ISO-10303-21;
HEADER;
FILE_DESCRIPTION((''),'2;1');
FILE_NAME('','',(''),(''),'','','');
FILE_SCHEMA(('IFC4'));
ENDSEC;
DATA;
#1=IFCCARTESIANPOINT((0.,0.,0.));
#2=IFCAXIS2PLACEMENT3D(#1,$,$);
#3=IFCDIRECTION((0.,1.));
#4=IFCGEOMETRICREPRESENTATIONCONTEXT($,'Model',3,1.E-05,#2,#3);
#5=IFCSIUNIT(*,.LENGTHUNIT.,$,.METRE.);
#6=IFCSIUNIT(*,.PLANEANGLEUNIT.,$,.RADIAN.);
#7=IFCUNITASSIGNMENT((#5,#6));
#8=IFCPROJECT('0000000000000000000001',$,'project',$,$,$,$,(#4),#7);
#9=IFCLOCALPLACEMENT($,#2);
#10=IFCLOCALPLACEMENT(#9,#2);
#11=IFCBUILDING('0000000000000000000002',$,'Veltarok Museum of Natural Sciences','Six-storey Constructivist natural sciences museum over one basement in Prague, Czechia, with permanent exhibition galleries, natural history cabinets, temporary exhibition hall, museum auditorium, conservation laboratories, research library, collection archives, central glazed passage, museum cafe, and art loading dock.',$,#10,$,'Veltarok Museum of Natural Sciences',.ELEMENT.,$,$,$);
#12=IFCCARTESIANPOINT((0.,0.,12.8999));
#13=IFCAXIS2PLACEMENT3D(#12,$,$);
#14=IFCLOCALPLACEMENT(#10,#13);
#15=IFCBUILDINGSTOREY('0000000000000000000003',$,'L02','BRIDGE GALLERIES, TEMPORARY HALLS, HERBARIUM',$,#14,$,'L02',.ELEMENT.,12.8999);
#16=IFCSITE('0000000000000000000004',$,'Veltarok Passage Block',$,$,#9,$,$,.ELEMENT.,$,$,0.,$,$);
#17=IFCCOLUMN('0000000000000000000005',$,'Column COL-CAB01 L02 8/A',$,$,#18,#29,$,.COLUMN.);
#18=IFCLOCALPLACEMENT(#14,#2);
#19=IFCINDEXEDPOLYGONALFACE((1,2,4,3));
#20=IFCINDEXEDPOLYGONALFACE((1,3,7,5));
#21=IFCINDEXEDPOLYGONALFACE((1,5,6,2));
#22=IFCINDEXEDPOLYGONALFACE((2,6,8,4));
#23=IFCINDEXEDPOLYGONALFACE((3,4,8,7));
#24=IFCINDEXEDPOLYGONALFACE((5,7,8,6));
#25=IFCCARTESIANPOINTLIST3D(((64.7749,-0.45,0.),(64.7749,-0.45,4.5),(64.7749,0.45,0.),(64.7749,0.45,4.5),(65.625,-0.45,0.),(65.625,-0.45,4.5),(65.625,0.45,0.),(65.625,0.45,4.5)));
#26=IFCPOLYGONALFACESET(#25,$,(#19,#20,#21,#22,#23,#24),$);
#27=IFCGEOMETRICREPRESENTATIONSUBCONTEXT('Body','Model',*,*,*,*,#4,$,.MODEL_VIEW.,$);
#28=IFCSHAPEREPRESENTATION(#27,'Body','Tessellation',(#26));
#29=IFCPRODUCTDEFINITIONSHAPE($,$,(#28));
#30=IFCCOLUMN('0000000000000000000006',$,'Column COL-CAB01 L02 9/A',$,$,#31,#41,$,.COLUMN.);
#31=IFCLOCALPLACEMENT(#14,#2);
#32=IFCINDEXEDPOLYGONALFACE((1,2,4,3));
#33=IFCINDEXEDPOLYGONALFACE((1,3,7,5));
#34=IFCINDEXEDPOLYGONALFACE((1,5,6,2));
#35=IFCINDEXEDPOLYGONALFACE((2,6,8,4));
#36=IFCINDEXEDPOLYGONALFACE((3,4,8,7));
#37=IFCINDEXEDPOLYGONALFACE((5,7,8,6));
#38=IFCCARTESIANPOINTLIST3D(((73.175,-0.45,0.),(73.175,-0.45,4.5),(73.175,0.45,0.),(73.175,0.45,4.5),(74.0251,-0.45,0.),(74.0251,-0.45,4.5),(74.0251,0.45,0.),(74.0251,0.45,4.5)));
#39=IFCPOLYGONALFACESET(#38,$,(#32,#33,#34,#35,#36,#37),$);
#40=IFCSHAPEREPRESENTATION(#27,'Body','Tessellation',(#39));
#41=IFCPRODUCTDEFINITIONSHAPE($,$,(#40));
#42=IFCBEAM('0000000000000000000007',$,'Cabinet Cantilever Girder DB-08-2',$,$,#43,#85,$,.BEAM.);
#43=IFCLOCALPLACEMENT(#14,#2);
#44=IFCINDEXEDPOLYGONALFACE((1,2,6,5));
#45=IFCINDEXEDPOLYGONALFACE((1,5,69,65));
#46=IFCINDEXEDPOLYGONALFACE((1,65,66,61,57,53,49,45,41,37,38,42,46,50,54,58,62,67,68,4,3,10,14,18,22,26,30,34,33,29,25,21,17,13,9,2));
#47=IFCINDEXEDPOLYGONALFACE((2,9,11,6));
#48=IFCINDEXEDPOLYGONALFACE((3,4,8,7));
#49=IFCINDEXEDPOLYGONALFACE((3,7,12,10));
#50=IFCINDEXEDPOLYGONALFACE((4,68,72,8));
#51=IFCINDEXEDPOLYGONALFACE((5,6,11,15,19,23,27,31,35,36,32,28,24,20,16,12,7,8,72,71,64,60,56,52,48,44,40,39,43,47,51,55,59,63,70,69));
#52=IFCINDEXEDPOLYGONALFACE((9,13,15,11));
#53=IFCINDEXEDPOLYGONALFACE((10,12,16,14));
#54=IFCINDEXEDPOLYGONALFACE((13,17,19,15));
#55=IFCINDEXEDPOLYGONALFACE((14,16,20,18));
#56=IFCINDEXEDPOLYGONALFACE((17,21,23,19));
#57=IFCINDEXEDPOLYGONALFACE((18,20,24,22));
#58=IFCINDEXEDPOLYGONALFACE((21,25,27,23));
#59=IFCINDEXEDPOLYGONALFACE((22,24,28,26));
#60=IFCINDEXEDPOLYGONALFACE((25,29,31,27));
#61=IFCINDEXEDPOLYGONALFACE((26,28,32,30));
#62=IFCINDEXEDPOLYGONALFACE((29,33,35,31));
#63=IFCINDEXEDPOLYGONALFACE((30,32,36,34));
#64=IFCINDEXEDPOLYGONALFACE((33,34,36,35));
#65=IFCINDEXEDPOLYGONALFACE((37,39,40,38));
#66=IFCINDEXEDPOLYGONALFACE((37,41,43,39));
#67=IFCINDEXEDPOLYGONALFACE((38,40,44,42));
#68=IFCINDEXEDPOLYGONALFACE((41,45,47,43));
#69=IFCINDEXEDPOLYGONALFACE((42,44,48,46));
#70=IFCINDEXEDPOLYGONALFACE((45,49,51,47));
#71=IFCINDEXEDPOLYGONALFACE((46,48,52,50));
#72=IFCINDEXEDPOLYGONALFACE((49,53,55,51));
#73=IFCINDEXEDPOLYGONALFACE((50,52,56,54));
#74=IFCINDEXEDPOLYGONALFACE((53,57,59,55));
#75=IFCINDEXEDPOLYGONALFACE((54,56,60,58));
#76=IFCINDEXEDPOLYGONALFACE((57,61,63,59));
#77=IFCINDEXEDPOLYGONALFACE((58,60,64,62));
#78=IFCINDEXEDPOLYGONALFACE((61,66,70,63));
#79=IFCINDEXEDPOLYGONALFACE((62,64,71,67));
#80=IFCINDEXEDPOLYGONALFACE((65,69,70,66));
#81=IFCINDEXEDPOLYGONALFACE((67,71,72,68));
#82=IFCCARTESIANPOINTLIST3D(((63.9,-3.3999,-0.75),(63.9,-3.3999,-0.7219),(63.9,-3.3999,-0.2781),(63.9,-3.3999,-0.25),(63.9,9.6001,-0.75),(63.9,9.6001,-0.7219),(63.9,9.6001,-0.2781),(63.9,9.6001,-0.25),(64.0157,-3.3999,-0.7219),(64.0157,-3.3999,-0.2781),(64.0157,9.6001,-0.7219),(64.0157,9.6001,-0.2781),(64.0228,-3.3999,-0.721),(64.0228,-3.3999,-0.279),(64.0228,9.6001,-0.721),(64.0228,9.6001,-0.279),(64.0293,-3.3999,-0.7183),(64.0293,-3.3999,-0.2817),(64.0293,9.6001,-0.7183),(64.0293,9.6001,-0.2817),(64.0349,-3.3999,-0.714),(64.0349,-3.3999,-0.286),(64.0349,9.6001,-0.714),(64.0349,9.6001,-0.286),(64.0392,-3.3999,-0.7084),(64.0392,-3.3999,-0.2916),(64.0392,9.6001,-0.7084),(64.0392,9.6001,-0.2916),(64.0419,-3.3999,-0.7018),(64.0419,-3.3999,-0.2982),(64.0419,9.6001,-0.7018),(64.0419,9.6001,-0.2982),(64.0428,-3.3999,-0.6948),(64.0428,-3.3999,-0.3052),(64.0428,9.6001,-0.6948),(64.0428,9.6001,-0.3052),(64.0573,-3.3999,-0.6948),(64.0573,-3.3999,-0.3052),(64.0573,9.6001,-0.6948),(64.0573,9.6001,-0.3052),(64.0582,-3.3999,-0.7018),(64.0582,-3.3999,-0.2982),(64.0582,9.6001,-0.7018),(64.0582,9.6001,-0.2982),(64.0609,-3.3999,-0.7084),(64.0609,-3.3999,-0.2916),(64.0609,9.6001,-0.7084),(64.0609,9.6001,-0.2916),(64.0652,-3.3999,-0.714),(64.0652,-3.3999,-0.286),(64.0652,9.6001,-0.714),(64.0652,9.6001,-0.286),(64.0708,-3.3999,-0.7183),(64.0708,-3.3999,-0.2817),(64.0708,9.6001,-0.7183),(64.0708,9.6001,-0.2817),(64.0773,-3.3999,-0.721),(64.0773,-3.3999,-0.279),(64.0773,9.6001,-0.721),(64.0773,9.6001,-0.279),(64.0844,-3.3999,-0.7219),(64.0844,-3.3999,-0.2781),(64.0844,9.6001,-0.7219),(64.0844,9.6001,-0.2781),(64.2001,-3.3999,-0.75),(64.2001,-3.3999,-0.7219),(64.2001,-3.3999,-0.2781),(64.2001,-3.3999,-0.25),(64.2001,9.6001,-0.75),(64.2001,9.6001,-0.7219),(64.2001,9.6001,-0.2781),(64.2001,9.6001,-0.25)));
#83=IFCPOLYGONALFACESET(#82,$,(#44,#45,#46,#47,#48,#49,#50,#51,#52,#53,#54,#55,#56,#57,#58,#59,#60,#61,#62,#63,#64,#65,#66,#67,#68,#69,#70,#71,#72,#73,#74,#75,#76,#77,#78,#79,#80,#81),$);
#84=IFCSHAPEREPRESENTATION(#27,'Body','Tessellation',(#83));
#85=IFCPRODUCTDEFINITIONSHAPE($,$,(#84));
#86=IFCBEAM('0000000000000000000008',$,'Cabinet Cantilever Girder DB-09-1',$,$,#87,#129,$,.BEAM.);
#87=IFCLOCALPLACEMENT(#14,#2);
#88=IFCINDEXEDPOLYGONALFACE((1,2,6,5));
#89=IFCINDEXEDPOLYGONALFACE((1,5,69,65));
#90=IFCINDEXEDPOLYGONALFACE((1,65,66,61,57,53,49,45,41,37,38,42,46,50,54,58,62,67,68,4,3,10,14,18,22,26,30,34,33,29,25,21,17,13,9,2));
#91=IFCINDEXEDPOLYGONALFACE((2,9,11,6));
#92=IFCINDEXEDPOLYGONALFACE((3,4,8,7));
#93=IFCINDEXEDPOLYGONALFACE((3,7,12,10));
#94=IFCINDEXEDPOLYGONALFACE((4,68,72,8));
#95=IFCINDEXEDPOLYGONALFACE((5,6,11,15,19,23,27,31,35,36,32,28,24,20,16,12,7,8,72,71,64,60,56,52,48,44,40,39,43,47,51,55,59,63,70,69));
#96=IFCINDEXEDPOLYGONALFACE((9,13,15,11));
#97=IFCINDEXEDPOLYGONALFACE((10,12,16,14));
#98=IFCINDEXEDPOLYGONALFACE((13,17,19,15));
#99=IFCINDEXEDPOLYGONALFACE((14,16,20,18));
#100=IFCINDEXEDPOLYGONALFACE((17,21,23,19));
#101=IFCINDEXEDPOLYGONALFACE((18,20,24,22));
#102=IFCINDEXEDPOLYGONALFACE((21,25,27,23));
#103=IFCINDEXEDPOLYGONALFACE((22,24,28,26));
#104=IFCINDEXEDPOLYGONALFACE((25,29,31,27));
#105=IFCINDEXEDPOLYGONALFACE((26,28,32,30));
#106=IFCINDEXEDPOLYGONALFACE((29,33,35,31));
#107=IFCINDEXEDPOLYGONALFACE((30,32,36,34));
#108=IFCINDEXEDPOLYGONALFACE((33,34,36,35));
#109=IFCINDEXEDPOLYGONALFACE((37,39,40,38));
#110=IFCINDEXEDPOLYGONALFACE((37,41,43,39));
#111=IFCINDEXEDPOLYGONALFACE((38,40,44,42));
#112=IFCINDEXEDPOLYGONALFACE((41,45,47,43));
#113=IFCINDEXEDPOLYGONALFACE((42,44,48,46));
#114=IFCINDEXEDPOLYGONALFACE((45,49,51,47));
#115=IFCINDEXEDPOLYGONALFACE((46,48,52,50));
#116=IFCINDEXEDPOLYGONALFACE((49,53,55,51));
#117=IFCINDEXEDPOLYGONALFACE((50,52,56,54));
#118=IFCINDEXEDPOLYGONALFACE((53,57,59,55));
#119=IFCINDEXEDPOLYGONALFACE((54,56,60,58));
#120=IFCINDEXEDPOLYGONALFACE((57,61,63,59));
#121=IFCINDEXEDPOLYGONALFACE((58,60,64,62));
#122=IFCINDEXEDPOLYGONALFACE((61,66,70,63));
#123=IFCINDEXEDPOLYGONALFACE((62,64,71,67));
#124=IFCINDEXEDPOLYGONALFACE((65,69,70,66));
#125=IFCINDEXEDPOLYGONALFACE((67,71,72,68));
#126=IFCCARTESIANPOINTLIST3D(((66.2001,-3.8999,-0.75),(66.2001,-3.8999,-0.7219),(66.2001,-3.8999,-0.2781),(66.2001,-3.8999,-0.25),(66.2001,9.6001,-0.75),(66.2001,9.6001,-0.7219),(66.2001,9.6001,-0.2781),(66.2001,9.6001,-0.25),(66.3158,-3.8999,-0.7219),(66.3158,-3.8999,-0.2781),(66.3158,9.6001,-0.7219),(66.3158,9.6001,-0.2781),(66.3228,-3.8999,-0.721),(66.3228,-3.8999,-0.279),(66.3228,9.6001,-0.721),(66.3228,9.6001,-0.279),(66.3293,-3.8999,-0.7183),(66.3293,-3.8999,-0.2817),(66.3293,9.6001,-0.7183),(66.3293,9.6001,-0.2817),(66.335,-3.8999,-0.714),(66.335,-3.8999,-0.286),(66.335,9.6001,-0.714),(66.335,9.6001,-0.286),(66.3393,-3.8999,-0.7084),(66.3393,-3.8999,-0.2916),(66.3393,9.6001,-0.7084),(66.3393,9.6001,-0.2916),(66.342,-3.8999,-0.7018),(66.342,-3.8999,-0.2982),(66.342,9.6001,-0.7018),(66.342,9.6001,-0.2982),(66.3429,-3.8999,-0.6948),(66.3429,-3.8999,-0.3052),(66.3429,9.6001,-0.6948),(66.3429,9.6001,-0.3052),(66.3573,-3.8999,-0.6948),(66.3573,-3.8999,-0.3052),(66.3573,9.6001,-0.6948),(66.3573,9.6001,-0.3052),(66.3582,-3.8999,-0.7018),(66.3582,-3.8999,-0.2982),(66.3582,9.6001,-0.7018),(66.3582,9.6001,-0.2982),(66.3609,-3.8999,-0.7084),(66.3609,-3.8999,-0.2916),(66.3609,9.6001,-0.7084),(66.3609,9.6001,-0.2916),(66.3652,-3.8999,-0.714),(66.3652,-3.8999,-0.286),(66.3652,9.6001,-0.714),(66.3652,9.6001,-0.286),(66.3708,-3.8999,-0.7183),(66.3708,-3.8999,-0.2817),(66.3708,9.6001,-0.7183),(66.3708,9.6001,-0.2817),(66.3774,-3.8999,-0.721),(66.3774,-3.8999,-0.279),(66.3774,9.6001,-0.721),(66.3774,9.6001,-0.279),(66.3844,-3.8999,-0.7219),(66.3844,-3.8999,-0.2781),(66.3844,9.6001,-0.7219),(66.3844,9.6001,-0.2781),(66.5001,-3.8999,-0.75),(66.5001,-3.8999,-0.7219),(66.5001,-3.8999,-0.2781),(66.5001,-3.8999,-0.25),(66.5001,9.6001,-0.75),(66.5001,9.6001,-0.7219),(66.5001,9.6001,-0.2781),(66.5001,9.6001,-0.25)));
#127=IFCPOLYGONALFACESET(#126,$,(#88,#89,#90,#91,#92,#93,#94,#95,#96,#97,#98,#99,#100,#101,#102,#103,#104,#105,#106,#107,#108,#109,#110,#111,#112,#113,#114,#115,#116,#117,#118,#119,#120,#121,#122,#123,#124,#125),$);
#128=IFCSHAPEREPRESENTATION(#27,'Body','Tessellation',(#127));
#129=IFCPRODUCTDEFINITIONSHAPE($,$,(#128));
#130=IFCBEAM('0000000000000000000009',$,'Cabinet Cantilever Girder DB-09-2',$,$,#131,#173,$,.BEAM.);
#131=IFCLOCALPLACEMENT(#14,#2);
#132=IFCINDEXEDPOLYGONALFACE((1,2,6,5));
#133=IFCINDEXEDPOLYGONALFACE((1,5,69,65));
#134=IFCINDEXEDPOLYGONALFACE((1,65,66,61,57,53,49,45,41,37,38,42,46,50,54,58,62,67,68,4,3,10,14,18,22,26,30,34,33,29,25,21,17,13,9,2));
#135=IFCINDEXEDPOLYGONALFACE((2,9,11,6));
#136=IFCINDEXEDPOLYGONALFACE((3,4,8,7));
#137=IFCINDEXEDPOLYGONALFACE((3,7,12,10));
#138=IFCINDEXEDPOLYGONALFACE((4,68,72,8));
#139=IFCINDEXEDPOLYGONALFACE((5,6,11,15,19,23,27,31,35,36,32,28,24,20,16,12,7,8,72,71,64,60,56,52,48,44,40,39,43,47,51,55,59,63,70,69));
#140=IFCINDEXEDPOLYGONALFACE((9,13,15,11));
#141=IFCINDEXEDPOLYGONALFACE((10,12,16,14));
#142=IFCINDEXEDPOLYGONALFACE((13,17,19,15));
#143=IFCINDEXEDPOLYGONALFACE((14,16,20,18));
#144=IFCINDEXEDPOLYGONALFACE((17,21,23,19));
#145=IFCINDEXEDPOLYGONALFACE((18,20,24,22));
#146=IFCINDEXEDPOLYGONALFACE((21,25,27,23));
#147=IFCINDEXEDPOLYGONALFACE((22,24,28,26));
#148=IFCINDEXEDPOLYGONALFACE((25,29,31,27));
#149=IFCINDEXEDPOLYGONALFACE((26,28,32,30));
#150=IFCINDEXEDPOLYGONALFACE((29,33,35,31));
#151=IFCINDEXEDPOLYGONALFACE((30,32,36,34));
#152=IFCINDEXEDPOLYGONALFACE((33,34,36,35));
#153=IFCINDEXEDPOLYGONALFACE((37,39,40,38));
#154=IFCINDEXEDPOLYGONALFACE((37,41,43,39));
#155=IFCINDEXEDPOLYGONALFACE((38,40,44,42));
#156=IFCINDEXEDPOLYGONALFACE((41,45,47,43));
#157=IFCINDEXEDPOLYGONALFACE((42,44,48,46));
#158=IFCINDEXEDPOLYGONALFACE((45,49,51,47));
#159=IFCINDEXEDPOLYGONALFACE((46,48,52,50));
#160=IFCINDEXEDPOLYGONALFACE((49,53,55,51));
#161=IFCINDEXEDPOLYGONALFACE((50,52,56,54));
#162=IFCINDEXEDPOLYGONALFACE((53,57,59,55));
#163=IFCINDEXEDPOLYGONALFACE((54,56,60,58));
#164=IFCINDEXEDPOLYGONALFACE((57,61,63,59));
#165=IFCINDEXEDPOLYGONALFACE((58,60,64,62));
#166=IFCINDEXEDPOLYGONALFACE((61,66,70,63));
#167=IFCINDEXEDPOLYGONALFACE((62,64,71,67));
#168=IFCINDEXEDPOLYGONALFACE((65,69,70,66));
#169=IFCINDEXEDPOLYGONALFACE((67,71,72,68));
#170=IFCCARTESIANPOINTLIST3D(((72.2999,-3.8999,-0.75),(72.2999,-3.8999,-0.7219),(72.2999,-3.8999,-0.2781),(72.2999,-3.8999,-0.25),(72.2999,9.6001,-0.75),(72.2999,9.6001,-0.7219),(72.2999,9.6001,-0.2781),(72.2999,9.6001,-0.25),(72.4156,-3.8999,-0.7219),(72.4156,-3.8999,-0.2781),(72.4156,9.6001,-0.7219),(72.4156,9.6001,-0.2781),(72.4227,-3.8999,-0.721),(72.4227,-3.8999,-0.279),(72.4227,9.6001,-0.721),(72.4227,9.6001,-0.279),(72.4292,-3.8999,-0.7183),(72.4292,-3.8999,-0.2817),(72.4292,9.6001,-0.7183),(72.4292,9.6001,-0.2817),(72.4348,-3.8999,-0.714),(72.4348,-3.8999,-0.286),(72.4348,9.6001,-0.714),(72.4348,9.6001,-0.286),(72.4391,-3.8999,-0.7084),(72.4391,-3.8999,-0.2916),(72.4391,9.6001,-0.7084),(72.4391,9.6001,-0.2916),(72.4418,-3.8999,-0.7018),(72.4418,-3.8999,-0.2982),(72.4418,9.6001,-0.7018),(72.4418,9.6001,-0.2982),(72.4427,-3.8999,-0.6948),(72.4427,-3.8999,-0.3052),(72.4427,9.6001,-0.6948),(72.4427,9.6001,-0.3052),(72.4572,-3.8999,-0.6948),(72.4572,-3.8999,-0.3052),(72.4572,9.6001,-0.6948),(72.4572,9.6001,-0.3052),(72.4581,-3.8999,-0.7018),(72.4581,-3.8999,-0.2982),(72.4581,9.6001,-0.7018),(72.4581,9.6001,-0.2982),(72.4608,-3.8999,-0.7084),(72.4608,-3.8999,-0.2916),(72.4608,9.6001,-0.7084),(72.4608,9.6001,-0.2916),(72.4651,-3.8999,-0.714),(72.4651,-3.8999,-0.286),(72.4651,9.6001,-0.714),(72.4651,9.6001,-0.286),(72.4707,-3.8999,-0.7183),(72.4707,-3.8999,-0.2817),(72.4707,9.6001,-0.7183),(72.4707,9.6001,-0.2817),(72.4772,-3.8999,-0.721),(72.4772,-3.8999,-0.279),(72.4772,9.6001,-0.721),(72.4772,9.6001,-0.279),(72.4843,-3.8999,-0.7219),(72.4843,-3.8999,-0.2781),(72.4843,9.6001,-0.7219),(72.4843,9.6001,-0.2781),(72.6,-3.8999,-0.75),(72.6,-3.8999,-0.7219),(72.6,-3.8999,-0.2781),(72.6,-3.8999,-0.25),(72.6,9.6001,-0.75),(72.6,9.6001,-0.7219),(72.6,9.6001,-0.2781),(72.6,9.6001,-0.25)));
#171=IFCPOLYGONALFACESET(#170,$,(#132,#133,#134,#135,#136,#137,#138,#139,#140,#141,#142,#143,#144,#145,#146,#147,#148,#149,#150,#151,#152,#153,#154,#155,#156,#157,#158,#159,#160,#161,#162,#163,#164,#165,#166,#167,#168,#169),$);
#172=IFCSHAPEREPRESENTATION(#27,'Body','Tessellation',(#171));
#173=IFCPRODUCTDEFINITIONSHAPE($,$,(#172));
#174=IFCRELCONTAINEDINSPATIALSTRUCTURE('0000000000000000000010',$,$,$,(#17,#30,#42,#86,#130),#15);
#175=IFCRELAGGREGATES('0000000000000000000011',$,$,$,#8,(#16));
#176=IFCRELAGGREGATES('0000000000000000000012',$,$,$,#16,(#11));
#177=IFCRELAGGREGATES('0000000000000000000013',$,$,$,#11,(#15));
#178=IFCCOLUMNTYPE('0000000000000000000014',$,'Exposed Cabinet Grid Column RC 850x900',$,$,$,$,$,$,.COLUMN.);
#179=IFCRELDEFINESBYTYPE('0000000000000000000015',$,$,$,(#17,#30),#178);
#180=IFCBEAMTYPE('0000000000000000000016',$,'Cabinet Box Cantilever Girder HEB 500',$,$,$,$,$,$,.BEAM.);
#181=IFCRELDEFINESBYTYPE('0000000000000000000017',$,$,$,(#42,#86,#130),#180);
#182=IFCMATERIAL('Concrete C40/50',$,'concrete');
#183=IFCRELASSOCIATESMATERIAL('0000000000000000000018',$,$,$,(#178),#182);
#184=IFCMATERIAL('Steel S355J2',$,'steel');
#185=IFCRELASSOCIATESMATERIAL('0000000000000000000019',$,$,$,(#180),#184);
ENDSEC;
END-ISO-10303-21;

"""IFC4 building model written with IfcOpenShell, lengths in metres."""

from ifc_helpers import new_model, si_unit, direction, frame, origin, origin_2d, place, context, subcontext, project, spatial, rectangle, i_section, extrude, material, material_profile, profile_set, type_object, element, save


model = new_model("IFC4")

# Units and contexts
model_context = context("Model", 3, precision=1e-05, world=origin(), true_north=direction((0.0, 1.0)))
body_context = subcontext(model_context, "Body", "Model", "MODEL_VIEW")
ifc_project = project(units=[si_unit("LENGTHUNIT", "METRE"), si_unit("PLANEANGLEUNIT", "RADIAN")], contexts=[model_context])

# Site, building, storey
site_placement = place(None, origin())
site = spatial("IfcSite", under=ifc_project, at=site_placement, Name="Veltarok Passage Block", CompositionType="ELEMENT", RefElevation=0.0)
building_placement = place(site_placement, origin())
building = spatial("IfcBuilding", under=site, at=building_placement, Name="Veltarok Museum of Natural Sciences", Description="Six-storey Constructivist natural sciences museum over one basement in Prague, Czechia, with permanent exhibition galleries, natural history cabinets, temporary exhibition hall, museum auditorium, conservation laboratories, research library, collection archives, central glazed passage, museum cafe, and art loading dock.", LongName="Veltarok Museum of Natural Sciences", CompositionType="ELEMENT")
storey_placement = place(building_placement, frame((0.0, 0.0, 12.8999)))
storey = spatial("IfcBuildingStorey", under=building, at=storey_placement, Name="L02", Description="BRIDGE GALLERIES, TEMPORARY HALLS, HERBARIUM", LongName="L02", CompositionType="ELEMENT", Elevation=12.8999)

# Columns
ifc_material_1 = material(Name="Concrete C40/50", Category="concrete")
ifc_material_profile_1 = material_profile(ifc_material_1, rectangle(XDim=0.8501, YDim=0.8999, at=origin_2d()), Name="RC 850x900")
ifc_profile_set_1 = profile_set([ifc_material_profile_1], Name="Concrete C40/50")
column_type = type_object("IfcColumnType", Name="Exposed Cabinet Grid Column RC 850x900", PredefinedType="COLUMN", material=ifc_profile_set_1)
for number, where, z_axis, x_axis, name in (
    (1, (65.2, 0.0, 0.0), (0.0, 0.0, 1.0), (1.0, 0.0, 0.0), "Column COL-CAB01 L02 8/A"),
    (2, (73.6001, 0.0, 0.0), (0.0, 0.0, 1.0), (1.0, 0.0, 0.0), "Column COL-CAB01 L02 9/A"),
):
    element("IfcColumn", number, at=place(storey_placement, frame(where, z_axis=z_axis, x_axis=x_axis)), inside=storey, type_object=column_type, Name=name, PredefinedType="COLUMN", context=body_context, shape_type="SweptSolid", body=[
        extrude(rectangle(XDim=0.8501, YDim=0.8999, at=origin_2d()), origin(), (0.0, 0.0, 1.0), 4.5),
    ])

# Beams
ifc_material_2 = material(Name="Steel S355J2", Category="steel")
ifc_material_profile_2 = material_profile(ifc_material_2, i_section(OverallWidth=0.3, OverallDepth=0.5, WebThickness=0.0144, FlangeThickness=0.0281, FilletRadius=0.0271, at=origin_2d()), Name="HEB 500")
ifc_profile_set_2 = profile_set([ifc_material_profile_2], Name="Steel S355J2")
beam_type_1 = type_object("IfcBeamType", Name="Cabinet Box Cantilever Girder HEB 500", PredefinedType="BEAM", material=ifc_profile_set_2)
beam_1_placement = place(storey_placement, frame((64.05, -3.3999, -0.5), z_axis=(0.0, 1.0, 0.0), x_axis=(-1.0, 0.0, 0.0)))
element("IfcBeam", 3, at=beam_1_placement, inside=storey, type_object=beam_type_1, Name="Cabinet Cantilever Girder DB-08-2", PredefinedType="BEAM", context=body_context, shape_type="SweptSolid", body=[
    extrude(i_section(OverallWidth=0.3, OverallDepth=0.5, WebThickness=0.0144, FlangeThickness=0.0281, FilletRadius=0.0271, at=origin_2d()), origin(), (0.0, 0.0, 1.0), 13.0),
])
for number, where, z_axis, x_axis, name in (
    (4, (66.3501, -3.8999, -0.5), (0.0, 1.0, 0.0), (-1.0, 0.0, 0.0), "Cabinet Cantilever Girder DB-09-1"),
    (5, (72.45, -3.8999, -0.5), (0.0, 1.0, 0.0), (-1.0, 0.0, 0.0), "Cabinet Cantilever Girder DB-09-2"),
):
    element("IfcBeam", number, at=place(storey_placement, frame(where, z_axis=z_axis, x_axis=x_axis)), inside=storey, type_object=beam_type_1, Name=name, PredefinedType="BEAM", context=body_context, shape_type="SweptSolid", body=[
        extrude(i_section(OverallWidth=0.3, OverallDepth=0.5, WebThickness=0.0144, FlangeThickness=0.0281, FilletRadius=0.0271, at=origin_2d()), origin(), (0.0, 0.0, 1.0), 13.5),
    ])

save(model, "model.ifc")
